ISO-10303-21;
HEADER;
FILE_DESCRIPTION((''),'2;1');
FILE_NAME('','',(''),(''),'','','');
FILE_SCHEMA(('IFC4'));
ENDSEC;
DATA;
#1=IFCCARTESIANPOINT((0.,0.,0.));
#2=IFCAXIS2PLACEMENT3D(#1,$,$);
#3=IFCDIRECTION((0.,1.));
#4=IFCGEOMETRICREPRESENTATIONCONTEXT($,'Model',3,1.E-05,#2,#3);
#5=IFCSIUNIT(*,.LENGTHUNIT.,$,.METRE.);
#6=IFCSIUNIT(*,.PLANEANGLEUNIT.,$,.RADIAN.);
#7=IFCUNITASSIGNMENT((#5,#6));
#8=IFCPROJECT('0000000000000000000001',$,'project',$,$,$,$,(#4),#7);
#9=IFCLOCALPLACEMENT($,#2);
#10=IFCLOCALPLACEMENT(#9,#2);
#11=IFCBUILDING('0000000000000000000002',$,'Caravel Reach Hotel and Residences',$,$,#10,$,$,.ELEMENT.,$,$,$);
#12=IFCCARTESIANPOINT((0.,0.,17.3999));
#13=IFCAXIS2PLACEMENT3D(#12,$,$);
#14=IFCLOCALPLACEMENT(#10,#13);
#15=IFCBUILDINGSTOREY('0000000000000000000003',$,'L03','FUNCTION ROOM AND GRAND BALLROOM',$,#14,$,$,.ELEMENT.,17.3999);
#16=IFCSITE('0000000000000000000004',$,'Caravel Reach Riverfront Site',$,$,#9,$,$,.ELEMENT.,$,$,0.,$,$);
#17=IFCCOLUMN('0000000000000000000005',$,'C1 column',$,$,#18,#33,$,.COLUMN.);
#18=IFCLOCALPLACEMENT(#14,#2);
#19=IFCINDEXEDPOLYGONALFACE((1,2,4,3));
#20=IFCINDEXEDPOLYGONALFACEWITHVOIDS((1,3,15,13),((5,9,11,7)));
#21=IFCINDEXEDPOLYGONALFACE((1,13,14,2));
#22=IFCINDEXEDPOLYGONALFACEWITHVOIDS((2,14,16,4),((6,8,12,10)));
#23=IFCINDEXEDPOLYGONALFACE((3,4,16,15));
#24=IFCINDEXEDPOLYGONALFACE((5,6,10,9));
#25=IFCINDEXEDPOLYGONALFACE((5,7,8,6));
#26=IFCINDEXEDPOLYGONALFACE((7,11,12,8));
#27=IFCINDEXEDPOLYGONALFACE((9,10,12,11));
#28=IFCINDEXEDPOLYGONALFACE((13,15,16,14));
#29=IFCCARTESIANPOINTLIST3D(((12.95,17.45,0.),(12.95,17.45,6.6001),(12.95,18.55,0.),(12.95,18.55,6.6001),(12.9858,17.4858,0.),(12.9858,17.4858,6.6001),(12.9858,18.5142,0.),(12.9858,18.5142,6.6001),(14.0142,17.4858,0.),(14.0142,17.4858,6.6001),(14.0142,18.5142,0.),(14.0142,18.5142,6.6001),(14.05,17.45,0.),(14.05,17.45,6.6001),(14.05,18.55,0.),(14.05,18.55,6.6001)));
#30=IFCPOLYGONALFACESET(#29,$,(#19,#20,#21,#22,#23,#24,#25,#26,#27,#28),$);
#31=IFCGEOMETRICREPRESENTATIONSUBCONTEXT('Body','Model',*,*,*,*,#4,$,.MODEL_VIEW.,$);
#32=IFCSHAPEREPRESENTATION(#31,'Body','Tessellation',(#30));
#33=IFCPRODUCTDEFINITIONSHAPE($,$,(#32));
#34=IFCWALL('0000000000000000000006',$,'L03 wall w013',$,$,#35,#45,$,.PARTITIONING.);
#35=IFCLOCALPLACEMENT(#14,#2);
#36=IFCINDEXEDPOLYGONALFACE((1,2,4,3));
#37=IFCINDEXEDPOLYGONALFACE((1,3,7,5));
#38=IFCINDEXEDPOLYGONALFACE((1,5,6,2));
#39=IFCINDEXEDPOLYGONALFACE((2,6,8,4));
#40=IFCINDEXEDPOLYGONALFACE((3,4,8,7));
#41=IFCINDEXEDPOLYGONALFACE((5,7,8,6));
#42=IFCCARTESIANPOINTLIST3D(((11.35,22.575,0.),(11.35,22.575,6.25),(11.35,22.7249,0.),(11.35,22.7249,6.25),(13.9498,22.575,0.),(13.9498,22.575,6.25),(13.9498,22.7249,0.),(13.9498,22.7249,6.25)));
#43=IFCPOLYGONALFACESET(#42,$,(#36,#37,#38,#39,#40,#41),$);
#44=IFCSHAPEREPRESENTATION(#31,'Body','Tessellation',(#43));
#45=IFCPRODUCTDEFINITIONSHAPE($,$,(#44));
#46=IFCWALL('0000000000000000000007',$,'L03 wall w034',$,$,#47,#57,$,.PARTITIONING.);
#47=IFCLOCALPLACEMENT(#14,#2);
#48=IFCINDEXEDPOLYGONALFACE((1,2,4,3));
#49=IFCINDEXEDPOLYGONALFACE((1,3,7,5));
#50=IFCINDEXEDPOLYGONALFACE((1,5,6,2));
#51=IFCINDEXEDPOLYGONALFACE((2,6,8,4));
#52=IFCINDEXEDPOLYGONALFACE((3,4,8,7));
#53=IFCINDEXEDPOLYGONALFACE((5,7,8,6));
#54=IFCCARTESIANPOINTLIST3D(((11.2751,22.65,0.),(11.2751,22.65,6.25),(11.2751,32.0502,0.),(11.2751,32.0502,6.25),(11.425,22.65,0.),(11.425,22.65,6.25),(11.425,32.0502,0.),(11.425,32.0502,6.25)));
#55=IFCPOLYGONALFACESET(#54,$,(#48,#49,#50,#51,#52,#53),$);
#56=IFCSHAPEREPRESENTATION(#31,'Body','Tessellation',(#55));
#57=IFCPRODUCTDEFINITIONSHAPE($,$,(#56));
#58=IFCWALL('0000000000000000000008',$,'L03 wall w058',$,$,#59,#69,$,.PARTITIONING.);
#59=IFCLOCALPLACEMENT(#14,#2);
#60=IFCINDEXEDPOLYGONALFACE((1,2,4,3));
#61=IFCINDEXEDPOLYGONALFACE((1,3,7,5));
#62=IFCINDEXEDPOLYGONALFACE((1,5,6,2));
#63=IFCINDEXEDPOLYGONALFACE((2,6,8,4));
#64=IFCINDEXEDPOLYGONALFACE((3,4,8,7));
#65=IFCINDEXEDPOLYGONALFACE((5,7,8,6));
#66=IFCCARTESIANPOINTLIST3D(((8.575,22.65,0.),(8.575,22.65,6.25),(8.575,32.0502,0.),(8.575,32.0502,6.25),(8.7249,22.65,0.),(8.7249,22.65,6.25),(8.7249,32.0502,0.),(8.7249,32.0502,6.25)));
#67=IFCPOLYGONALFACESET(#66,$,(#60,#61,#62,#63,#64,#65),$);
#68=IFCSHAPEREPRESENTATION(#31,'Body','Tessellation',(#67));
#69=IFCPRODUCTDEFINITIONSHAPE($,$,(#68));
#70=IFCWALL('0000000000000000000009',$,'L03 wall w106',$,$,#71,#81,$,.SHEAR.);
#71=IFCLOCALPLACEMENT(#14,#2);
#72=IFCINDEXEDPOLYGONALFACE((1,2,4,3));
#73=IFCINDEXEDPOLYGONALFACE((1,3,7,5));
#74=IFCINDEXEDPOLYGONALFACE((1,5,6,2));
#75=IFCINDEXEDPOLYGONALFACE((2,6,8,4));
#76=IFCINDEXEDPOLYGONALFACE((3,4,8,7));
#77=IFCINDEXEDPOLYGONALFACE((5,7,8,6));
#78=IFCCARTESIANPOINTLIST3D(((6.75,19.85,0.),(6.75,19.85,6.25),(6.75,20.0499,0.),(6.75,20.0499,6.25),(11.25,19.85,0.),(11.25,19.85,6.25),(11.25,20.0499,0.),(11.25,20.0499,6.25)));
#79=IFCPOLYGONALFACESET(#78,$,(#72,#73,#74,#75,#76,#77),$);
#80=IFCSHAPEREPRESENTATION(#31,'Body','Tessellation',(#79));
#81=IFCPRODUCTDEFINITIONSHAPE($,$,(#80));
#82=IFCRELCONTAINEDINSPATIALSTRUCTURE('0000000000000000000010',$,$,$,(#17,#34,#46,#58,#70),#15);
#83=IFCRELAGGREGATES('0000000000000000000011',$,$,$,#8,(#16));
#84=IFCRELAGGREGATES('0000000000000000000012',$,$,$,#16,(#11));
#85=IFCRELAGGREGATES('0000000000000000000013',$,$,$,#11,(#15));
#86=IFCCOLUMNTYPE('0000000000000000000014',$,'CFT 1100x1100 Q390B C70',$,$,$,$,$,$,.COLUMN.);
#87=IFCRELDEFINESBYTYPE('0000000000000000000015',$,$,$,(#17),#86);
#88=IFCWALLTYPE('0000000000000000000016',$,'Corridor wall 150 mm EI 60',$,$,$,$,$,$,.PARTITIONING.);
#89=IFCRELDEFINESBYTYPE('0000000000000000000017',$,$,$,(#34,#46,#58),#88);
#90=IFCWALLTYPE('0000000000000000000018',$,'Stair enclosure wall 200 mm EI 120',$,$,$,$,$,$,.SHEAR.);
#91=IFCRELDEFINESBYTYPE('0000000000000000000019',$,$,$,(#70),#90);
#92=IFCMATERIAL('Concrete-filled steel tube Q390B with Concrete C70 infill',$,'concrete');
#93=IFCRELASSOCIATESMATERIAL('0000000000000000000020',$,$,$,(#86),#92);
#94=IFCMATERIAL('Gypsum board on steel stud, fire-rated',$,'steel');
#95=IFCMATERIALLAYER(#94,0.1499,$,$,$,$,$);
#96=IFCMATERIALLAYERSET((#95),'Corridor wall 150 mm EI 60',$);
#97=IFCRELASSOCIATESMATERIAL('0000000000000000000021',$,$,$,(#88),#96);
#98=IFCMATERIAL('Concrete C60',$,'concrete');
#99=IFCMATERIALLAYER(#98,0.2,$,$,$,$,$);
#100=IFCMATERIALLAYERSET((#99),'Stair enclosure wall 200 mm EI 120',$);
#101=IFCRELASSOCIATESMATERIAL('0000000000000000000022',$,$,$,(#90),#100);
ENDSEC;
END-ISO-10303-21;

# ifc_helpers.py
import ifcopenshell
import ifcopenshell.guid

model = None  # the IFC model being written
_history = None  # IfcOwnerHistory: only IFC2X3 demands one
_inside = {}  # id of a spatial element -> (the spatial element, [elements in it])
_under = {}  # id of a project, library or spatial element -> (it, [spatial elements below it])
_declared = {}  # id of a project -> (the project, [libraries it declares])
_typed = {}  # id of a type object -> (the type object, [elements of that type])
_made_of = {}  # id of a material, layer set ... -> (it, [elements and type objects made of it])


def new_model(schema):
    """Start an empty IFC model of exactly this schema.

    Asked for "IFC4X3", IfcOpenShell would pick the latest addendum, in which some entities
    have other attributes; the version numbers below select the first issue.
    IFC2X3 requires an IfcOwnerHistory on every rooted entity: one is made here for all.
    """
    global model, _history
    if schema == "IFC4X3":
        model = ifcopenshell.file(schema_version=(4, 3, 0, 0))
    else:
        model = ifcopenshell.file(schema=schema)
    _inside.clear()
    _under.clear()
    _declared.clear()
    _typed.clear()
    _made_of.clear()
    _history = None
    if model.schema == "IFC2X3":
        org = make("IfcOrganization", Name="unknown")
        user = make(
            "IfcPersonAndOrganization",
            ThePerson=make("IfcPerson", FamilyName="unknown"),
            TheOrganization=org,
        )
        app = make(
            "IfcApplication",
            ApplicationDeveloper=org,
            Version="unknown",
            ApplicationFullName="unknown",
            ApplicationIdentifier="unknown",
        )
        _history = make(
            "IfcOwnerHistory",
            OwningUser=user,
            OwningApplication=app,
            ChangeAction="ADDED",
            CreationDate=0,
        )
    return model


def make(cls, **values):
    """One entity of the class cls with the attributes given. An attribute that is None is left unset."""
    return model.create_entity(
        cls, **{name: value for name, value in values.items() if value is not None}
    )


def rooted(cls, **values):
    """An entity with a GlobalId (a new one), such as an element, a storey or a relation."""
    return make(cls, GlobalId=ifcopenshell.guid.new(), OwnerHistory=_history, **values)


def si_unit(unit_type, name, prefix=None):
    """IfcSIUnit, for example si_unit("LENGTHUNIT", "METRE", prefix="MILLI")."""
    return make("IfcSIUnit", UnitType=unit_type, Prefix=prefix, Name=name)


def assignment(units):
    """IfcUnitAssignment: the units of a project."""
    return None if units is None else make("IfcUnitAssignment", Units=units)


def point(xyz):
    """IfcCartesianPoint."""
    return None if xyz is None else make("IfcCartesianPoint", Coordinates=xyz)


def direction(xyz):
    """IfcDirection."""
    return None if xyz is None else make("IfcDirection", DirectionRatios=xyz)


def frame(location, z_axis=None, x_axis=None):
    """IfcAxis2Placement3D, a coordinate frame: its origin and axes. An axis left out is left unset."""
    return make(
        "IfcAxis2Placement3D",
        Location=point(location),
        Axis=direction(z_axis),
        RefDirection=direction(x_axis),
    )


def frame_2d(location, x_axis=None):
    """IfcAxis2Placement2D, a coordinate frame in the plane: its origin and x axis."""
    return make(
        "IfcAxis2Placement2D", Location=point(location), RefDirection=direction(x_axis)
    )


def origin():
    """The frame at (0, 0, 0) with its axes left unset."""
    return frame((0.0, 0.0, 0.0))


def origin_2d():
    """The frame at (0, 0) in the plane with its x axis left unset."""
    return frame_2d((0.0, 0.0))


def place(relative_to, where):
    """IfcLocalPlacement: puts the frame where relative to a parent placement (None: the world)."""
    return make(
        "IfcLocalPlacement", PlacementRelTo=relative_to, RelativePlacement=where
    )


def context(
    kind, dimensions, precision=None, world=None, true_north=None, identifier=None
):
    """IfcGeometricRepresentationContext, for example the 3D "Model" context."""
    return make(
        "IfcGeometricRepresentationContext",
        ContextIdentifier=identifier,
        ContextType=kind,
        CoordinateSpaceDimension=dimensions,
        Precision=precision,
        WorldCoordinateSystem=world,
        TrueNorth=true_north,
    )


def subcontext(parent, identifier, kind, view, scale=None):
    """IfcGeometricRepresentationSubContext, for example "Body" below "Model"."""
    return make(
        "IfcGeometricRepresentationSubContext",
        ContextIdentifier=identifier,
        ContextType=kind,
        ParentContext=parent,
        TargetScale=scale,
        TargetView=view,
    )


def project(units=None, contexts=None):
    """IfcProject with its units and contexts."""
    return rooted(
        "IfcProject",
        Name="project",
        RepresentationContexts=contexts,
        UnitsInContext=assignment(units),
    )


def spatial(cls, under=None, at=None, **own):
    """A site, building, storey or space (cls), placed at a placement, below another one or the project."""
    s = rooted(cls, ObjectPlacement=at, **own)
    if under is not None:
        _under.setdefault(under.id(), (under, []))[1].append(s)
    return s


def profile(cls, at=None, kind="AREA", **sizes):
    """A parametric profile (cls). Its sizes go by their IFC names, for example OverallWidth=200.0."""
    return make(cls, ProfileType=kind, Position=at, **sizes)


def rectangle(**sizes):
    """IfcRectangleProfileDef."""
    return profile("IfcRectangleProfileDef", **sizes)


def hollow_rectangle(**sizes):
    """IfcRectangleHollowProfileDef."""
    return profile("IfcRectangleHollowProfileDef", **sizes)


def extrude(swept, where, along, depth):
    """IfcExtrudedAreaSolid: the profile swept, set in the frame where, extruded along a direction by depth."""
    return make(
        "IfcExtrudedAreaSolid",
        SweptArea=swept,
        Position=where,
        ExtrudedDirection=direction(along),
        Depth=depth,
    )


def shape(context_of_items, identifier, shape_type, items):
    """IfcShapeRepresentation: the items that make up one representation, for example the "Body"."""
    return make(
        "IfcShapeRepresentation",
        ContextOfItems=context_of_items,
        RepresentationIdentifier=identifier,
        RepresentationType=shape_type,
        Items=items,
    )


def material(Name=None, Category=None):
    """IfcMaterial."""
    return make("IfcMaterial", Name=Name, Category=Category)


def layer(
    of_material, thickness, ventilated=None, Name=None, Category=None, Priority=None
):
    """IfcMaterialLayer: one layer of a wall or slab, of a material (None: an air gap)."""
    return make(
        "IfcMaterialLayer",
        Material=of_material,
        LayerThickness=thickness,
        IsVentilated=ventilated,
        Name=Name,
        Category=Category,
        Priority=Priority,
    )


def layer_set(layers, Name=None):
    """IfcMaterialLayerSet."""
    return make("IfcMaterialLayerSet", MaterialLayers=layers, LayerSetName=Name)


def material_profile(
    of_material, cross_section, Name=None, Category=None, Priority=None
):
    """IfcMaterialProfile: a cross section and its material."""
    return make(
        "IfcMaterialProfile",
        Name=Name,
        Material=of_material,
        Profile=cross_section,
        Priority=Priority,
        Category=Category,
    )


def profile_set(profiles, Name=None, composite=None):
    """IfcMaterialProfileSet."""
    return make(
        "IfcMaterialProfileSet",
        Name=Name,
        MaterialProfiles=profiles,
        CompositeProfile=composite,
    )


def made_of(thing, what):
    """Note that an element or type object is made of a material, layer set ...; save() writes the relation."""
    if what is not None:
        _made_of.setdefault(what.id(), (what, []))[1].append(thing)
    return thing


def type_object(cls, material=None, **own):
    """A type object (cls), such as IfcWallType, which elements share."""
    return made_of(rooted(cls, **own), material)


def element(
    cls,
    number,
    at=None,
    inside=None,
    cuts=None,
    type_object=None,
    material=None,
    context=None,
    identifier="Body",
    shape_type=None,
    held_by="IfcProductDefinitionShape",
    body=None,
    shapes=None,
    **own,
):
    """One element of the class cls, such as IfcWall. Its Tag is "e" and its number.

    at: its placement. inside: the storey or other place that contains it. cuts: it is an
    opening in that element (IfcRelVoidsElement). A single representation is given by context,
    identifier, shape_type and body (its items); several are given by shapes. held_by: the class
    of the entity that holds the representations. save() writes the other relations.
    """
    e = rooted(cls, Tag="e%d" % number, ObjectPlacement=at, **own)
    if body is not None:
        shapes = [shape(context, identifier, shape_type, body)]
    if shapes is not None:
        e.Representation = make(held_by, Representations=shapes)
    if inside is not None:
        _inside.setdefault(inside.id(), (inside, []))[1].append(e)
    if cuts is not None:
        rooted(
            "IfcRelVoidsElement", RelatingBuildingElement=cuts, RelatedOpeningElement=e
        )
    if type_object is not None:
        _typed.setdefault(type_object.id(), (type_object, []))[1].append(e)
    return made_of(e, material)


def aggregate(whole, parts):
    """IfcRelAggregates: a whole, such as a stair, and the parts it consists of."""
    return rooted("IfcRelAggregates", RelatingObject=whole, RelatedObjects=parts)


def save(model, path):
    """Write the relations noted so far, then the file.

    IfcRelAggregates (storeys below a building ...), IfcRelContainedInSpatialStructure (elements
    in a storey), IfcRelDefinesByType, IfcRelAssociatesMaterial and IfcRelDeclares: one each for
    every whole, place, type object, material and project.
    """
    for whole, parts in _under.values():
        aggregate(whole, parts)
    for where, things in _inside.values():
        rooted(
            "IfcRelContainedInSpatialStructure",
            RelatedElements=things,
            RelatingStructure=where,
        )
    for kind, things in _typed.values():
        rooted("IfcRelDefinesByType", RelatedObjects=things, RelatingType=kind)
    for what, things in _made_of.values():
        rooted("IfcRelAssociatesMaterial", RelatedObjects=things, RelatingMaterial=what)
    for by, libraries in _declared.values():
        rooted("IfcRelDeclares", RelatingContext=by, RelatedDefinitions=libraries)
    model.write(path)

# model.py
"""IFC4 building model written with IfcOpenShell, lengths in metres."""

from ifc_helpers import new_model, si_unit, direction, frame, frame_2d, origin, origin_2d, place, context, subcontext, project, spatial, rectangle, hollow_rectangle, extrude, material, layer, layer_set, material_profile, profile_set, type_object, element, save


model = new_model("IFC4")

# Units and contexts
model_context = context("Model", 3, precision=1e-05, world=origin(), true_north=direction((0.0, 1.0)))
body_context = subcontext(model_context, "Body", "Model", "MODEL_VIEW")
ifc_project = project(units=[si_unit("LENGTHUNIT", "METRE"), si_unit("PLANEANGLEUNIT", "RADIAN")], contexts=[model_context])

# Site, building, storey
site_placement = place(None, origin())
site = spatial("IfcSite", under=ifc_project, at=site_placement, Name="Caravel Reach Riverfront Site", CompositionType="ELEMENT", RefElevation=0.0)
building_placement = place(site_placement, origin())
building = spatial("IfcBuilding", under=site, at=building_placement, Name="Caravel Reach Hotel and Residences", CompositionType="ELEMENT")
storey_placement = place(building_placement, frame((0.0, 0.0, 17.3999)))
storey = spatial("IfcBuildingStorey", under=building, at=storey_placement, Name="L03", Description="FUNCTION ROOM AND GRAND BALLROOM", CompositionType="ELEMENT", Elevation=17.3999)

# Column
ifc_material_1 = material(Name="Concrete-filled steel tube Q390B with Concrete C70 infill", Category="concrete")
ifc_material_profile = material_profile(ifc_material_1, hollow_rectangle(XDim=1.1001, YDim=1.1001, WallThickness=0.0359, at=origin_2d()), Name="RHS 1100x1100x36")
ifc_profile_set = profile_set([ifc_material_profile], Name="Concrete-filled steel tube Q390B with Concrete C70 infill")
column_type = type_object("IfcColumnType", Name="CFT 1100x1100 Q390B C70", PredefinedType="COLUMN", material=ifc_profile_set)
column_placement = place(storey_placement, frame((13.5, 18.0, 0.0), z_axis=(0.0, 0.0, 1.0), x_axis=(1.0, 0.0, 0.0)))
element("IfcColumn", 1, at=column_placement, inside=storey, type_object=column_type, Name="C1 column", PredefinedType="COLUMN", context=body_context, shape_type="SweptSolid", body=[
    extrude(hollow_rectangle(XDim=1.1001, YDim=1.1001, WallThickness=0.0359, at=origin_2d()), origin(), (0.0, 0.0, 1.0), 6.6001),
])

# Walls
ifc_material_2 = material(Name="Gypsum board on steel stud, fire-rated", Category="steel")
ifc_layer_1 = layer(ifc_material_2, 0.1499)
ifc_layer_set_1 = layer_set([ifc_layer_1], Name="Corridor wall 150 mm EI 60")
wall_type_1 = type_object("IfcWallType", Name="Corridor wall 150 mm EI 60", PredefinedType="PARTITIONING", material=ifc_layer_set_1)
wall_1_placement = place(storey_placement, frame((11.3501, 22.6499, 0.0), z_axis=(0.0, 0.0, 1.0), x_axis=(1.0, 0.0, 0.0)))
element("IfcWall", 2, at=wall_1_placement, inside=storey, type_object=wall_type_1, Name="L03 wall w013", PredefinedType="PARTITIONING", context=body_context, shape_type="SweptSolid", body=[
    extrude(rectangle(XDim=2.5999, YDim=0.1499, at=frame_2d((1.2998, 0.0))), origin(), (0.0, 0.0, 1.0), 6.25),
])
for number, where, z_axis, x_axis, name in (
    (3, (11.3501, 22.6499, 0.0), (0.0, 0.0, 1.0), (0.0, 1.0, 0.0), "L03 wall w034"),
    (4, (8.6499, 22.6499, 0.0), (0.0, 0.0, 1.0), (0.0, 1.0, 0.0), "L03 wall w058"),
):
    element("IfcWall", number, at=place(storey_placement, frame(where, z_axis=z_axis, x_axis=x_axis)), inside=storey, type_object=wall_type_1, Name=name, PredefinedType="PARTITIONING", context=body_context, shape_type="SweptSolid", body=[
        extrude(rectangle(XDim=9.4001, YDim=0.1499, at=frame_2d((4.7002, 0.0))), origin(), (0.0, 0.0, 1.0), 6.25),
    ])
ifc_material_3 = material(Name="Concrete C60", Category="concrete")
ifc_layer_2 = layer(ifc_material_3, 0.2)
ifc_layer_set_2 = layer_set([ifc_layer_2], Name="Stair enclosure wall 200 mm EI 120")
wall_type_2 = type_object("IfcWallType", Name="Stair enclosure wall 200 mm EI 120", PredefinedType="SHEAR", material=ifc_layer_set_2)
wall_2_placement = place(storey_placement, frame((6.75, 19.95, 0.0), z_axis=(0.0, 0.0, 1.0), x_axis=(1.0, 0.0, 0.0)))
element("IfcWall", 5, at=wall_2_placement, inside=storey, type_object=wall_type_2, Name="L03 wall w106", PredefinedType="SHEAR", context=body_context, shape_type="SweptSolid", body=[
    extrude(rectangle(XDim=4.5, YDim=0.2, at=frame_2d((2.25, 0.0))), origin(), (0.0, 0.0, 1.0), 6.25),
])

save(model, "model.ifc")
